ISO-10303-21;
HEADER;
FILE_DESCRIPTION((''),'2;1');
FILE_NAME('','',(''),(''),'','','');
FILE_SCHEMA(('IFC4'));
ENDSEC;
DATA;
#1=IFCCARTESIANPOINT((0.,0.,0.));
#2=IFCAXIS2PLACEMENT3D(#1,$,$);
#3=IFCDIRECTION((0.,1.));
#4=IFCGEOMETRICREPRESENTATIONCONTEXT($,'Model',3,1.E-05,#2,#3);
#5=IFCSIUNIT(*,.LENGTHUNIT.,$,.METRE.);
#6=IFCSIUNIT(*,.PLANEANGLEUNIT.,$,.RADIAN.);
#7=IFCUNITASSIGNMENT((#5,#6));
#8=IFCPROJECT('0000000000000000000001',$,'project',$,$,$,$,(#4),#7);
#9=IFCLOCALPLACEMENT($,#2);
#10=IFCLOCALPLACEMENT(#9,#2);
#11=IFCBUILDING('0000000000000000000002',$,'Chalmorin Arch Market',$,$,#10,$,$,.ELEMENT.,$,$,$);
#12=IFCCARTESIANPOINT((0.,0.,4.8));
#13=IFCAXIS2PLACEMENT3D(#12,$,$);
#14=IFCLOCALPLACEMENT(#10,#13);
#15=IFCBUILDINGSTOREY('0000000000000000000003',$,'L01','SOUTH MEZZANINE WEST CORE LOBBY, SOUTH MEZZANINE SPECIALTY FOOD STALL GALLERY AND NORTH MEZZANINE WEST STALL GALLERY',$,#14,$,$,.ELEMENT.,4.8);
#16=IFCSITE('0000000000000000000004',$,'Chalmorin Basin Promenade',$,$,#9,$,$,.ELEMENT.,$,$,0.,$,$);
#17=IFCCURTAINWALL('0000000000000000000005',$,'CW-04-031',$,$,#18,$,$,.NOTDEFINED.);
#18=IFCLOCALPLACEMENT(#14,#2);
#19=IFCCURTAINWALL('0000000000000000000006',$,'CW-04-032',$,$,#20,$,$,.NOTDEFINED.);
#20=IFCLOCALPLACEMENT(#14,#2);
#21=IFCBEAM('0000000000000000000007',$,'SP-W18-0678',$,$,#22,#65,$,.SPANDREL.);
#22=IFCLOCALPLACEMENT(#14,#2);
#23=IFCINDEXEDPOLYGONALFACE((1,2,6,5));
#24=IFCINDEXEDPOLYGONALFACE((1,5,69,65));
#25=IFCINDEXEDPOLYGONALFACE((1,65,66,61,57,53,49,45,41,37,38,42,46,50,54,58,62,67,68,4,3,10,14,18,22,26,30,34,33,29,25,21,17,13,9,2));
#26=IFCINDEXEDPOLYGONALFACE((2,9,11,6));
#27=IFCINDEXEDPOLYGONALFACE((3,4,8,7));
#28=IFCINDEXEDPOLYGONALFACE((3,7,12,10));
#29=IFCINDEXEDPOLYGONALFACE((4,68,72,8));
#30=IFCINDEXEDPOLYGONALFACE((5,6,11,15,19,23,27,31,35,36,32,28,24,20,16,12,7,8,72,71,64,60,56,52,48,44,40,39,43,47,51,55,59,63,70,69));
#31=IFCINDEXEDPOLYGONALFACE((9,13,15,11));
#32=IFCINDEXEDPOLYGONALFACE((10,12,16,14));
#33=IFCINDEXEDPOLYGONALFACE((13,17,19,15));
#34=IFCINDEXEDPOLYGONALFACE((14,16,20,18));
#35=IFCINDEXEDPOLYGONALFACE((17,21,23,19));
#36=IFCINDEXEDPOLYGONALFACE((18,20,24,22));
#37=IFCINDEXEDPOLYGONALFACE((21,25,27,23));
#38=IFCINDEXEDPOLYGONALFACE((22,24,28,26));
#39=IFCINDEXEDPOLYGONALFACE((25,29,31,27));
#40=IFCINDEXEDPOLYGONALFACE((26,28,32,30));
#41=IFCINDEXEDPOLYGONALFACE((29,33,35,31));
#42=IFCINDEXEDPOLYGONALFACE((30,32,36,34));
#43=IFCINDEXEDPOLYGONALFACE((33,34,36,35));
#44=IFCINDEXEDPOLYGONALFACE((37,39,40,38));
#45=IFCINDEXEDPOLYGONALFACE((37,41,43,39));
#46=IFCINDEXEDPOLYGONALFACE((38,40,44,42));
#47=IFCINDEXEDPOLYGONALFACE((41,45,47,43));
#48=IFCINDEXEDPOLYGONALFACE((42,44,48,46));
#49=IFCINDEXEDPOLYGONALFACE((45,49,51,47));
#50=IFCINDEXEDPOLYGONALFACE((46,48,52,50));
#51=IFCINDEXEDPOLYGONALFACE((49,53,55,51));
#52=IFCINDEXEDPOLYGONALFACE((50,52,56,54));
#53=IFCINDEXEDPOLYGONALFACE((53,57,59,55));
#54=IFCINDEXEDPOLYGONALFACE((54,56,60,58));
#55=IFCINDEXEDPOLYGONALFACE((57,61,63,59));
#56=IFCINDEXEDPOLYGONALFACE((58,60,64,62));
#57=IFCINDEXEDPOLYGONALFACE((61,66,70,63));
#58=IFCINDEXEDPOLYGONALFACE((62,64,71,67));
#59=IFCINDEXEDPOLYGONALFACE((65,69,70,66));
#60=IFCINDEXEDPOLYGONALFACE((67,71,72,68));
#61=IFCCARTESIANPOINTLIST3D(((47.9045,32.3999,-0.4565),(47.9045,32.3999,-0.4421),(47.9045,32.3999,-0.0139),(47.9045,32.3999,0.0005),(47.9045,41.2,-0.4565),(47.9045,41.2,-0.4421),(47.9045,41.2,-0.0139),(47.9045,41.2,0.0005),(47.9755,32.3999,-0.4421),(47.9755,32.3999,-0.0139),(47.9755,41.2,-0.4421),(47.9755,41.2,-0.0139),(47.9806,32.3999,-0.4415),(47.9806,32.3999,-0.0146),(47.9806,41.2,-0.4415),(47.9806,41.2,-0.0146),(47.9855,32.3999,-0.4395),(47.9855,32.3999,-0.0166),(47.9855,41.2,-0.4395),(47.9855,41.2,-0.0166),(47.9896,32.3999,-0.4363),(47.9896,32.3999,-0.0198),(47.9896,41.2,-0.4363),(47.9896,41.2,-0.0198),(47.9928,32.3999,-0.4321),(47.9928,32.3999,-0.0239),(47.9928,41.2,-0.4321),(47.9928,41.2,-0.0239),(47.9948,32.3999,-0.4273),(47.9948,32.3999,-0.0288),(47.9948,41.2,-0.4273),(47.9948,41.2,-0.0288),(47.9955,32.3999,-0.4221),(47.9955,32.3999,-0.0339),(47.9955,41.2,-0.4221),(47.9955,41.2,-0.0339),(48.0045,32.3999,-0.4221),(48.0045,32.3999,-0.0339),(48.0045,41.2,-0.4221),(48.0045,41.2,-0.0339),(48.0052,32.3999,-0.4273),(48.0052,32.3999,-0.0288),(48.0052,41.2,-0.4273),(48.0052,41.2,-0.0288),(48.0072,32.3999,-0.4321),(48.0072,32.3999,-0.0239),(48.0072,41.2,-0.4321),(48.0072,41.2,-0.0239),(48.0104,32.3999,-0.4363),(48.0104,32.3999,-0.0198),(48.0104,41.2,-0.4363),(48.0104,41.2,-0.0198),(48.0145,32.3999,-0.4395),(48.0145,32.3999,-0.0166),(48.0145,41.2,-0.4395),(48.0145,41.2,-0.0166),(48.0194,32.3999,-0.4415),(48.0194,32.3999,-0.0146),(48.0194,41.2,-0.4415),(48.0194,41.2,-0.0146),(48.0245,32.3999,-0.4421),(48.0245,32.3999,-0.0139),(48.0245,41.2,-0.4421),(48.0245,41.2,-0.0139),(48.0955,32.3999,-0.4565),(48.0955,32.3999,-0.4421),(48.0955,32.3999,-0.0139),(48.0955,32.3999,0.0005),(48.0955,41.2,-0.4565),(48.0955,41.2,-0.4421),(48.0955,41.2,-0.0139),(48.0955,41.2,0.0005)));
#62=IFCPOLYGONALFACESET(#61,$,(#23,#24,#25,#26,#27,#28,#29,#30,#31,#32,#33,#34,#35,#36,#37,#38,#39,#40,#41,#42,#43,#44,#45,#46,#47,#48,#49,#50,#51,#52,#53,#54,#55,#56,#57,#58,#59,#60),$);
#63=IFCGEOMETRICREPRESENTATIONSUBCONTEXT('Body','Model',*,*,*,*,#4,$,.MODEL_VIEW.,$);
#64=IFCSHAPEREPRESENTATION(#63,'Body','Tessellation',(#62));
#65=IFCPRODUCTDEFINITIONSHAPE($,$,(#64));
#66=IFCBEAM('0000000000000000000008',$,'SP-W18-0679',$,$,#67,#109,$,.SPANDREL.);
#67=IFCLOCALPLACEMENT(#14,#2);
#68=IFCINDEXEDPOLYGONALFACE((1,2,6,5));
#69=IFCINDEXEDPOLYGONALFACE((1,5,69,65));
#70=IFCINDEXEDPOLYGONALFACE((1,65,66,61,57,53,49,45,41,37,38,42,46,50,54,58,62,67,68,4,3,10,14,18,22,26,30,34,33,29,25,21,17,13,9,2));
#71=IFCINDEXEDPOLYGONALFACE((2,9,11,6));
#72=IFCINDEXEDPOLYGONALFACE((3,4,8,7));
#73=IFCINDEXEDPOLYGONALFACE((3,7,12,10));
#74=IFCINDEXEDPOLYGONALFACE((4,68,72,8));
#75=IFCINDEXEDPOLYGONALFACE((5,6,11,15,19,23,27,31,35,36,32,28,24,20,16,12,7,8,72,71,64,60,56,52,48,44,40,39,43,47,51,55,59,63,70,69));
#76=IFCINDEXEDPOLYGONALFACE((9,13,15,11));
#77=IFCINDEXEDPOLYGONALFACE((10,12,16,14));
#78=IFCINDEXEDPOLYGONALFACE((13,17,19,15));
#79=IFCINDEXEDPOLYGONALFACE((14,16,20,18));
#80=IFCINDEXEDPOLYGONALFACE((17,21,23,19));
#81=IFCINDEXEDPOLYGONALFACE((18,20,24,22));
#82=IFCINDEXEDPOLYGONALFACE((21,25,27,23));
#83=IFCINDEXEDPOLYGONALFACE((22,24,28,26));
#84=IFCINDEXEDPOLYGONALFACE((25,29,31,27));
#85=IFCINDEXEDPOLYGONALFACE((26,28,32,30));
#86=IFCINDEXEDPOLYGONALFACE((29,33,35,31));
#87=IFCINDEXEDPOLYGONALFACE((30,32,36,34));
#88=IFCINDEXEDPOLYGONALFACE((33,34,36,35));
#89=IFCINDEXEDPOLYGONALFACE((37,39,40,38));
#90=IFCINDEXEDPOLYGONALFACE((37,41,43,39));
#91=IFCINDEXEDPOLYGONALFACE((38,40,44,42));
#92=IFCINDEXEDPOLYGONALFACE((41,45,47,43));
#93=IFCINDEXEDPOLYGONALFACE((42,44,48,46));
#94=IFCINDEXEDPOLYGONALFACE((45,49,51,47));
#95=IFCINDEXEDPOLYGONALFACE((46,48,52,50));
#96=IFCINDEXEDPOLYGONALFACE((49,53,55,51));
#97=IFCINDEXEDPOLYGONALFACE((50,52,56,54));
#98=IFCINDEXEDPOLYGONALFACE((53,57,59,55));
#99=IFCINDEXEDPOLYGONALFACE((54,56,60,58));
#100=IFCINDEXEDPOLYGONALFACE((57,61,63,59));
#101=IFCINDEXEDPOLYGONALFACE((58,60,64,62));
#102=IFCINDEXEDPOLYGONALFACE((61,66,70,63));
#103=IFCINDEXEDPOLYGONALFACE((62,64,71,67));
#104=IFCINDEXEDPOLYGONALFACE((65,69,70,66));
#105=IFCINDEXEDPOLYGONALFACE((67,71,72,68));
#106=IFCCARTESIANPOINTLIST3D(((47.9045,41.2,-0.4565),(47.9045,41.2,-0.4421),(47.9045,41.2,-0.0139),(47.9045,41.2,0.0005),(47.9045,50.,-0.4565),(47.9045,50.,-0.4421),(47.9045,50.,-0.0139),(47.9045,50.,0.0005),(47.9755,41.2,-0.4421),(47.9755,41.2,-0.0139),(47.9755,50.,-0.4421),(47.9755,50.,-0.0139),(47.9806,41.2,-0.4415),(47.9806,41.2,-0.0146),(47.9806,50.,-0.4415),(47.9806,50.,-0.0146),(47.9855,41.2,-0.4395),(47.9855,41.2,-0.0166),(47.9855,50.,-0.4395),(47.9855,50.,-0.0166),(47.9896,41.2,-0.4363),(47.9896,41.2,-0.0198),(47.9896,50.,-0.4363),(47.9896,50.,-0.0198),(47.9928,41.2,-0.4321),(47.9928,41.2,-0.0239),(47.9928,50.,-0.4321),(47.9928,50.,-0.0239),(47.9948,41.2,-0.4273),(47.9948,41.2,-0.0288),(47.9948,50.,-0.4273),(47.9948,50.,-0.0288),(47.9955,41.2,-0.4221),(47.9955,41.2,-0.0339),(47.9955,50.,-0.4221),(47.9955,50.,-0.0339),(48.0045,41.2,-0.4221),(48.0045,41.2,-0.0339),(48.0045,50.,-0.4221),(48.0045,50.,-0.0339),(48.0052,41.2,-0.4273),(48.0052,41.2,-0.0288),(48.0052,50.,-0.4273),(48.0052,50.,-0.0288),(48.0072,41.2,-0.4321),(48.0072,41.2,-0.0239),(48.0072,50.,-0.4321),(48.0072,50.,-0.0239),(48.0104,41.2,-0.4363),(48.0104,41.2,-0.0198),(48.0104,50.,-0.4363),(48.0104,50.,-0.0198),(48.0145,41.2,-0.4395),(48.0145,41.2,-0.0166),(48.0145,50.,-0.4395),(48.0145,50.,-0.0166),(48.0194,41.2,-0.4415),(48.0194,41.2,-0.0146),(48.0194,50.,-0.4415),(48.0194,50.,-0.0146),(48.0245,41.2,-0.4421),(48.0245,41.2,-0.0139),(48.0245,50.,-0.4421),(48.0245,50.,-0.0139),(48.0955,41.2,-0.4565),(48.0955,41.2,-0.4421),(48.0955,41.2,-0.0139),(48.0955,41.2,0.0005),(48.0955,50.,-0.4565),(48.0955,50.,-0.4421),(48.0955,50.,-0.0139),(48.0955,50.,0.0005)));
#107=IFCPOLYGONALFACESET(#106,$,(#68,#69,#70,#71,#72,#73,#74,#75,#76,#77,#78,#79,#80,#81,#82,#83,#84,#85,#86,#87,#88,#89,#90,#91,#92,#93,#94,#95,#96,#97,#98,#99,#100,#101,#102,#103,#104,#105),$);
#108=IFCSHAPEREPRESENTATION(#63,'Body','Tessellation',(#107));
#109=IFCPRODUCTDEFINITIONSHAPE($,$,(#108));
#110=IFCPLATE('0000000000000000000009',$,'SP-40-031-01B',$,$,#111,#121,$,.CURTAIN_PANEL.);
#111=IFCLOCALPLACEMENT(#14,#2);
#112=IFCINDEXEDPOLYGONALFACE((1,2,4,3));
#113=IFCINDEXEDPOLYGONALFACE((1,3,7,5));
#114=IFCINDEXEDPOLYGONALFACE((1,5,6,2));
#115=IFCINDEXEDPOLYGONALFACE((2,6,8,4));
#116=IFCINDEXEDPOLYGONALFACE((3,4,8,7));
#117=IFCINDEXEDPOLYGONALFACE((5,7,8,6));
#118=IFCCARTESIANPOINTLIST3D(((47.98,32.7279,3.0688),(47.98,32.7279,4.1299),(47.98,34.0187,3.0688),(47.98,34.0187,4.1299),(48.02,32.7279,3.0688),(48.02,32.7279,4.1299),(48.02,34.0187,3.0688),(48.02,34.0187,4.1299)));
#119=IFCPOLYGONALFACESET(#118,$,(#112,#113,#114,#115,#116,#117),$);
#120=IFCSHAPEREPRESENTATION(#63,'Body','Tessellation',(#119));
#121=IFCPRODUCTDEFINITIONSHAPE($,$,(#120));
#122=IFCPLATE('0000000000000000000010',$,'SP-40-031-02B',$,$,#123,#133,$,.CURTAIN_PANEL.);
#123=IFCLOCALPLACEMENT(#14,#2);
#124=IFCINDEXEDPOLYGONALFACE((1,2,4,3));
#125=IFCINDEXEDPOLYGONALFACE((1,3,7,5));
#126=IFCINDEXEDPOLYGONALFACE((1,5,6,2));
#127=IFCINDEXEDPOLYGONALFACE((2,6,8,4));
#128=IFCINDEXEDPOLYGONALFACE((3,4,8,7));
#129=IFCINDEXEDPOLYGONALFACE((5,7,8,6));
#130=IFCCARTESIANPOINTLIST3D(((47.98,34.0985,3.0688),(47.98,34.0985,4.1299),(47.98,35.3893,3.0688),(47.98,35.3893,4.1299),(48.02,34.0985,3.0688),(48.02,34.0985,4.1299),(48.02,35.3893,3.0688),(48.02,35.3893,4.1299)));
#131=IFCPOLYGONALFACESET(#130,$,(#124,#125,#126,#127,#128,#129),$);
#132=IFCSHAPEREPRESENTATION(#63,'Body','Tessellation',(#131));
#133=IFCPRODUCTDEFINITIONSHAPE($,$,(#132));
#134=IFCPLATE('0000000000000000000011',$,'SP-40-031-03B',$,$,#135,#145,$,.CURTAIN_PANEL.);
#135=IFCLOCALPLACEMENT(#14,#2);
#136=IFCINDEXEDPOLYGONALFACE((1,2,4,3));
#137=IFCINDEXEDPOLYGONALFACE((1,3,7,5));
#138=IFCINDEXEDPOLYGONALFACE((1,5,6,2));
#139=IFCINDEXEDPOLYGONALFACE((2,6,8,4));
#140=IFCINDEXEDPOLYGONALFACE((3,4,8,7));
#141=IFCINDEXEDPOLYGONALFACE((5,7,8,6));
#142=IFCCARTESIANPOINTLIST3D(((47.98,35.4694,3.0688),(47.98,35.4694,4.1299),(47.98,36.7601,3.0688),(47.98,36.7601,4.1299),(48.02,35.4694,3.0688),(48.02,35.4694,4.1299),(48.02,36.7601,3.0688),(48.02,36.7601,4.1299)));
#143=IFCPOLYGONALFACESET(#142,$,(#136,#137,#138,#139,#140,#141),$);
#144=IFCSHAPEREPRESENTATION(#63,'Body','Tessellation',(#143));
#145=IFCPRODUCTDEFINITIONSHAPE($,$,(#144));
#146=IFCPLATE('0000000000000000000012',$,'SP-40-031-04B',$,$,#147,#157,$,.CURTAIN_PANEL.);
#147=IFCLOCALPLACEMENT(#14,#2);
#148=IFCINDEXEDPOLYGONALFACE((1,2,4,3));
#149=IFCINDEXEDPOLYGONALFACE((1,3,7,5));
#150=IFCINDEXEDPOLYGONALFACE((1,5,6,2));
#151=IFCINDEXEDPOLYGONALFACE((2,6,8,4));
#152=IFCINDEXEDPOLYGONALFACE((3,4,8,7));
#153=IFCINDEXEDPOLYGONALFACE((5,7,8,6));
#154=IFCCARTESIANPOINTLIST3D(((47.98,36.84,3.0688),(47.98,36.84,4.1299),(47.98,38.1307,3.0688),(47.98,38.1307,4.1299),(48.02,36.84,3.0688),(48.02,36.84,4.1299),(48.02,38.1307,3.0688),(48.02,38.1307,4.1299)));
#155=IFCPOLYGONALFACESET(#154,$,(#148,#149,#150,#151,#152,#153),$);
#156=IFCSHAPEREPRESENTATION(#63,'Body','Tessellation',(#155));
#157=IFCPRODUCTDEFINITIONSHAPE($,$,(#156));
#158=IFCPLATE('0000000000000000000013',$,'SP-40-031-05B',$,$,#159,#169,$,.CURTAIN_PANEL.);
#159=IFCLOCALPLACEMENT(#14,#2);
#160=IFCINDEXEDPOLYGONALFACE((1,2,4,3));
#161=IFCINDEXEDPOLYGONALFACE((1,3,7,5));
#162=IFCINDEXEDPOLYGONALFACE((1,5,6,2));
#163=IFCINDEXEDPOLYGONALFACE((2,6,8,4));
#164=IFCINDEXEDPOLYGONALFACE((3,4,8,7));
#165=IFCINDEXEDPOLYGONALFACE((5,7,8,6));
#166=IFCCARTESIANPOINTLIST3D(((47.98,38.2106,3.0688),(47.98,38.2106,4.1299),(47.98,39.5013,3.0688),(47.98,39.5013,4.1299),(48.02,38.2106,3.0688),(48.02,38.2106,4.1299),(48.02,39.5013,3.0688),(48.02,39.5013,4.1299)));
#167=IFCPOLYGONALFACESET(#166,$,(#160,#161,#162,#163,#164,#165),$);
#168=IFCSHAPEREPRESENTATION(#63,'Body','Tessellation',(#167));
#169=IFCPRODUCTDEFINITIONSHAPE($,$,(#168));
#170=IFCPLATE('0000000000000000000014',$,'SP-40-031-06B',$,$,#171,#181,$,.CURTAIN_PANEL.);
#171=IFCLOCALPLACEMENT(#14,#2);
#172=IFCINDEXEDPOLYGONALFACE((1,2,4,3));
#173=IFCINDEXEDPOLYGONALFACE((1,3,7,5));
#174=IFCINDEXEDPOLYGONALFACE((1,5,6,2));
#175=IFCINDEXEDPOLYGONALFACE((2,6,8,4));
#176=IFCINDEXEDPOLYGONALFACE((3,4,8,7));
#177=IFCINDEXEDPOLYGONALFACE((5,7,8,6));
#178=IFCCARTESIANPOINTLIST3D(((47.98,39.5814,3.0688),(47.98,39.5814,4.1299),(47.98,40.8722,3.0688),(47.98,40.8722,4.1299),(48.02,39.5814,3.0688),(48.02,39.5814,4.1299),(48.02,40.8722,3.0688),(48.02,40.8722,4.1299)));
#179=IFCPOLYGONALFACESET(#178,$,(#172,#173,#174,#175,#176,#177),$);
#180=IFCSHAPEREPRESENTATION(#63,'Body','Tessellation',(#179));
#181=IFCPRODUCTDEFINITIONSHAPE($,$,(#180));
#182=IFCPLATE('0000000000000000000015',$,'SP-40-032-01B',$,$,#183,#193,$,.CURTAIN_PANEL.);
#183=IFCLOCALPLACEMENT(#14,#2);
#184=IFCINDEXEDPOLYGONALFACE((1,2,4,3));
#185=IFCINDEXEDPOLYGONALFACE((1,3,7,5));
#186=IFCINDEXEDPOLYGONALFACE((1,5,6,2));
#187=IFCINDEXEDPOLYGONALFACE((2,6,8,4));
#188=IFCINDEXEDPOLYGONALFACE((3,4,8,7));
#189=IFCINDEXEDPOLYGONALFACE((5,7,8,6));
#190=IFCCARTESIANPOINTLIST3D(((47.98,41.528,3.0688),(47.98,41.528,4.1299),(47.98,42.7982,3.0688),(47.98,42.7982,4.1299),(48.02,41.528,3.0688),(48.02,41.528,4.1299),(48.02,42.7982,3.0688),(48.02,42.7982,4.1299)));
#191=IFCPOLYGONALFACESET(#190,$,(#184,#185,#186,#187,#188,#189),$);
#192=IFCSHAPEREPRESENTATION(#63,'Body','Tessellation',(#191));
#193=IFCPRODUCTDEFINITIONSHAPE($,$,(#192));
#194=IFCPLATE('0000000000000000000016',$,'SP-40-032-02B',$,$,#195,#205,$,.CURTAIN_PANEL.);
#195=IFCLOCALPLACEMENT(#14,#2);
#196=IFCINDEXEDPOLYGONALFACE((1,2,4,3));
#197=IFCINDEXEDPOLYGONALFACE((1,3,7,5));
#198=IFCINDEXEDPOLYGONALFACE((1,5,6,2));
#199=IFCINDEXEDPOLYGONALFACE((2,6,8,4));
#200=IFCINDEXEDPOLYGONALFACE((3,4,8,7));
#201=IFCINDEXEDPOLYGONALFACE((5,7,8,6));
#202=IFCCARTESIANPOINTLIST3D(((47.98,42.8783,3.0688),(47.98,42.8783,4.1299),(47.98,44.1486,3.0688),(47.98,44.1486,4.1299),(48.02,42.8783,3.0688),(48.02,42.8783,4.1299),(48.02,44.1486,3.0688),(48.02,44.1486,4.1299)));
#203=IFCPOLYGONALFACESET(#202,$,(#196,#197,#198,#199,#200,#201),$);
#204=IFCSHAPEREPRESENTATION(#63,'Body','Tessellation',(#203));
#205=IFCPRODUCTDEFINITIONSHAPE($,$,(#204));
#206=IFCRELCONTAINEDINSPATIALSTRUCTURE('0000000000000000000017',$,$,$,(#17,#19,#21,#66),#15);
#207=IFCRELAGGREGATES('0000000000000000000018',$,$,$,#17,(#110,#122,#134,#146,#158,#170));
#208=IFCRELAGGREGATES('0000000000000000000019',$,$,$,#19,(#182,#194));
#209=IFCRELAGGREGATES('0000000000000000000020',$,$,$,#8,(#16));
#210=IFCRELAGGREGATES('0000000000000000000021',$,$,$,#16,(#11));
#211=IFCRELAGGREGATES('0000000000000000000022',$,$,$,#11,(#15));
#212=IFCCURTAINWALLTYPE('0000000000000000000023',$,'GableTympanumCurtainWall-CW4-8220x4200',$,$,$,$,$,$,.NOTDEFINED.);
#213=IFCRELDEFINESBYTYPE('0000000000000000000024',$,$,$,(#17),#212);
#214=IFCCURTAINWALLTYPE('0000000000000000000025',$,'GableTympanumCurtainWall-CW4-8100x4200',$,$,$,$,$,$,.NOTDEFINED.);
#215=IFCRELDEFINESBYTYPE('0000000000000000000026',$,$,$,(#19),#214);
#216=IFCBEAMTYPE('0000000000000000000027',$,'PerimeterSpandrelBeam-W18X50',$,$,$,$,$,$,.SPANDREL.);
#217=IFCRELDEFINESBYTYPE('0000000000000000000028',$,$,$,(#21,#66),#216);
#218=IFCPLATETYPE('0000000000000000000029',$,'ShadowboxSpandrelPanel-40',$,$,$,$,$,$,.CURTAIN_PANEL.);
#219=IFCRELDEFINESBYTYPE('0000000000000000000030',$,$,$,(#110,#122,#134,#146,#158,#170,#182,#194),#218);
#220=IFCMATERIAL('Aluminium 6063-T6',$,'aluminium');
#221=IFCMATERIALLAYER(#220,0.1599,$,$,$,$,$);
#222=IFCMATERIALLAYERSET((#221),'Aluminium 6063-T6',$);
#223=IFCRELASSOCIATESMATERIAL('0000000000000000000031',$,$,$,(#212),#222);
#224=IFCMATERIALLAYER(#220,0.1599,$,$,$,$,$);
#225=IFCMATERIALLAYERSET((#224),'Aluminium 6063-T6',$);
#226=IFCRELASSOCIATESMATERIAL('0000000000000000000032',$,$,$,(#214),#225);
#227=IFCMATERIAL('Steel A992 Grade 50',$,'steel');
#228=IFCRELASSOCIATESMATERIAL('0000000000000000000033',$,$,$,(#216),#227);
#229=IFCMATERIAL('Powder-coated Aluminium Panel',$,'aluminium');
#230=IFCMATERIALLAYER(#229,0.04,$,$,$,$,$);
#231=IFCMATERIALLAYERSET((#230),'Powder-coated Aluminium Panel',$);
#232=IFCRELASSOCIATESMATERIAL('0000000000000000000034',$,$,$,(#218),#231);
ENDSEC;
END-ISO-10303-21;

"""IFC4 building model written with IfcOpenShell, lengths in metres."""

from ifc_helpers import new_model, si_unit, direction, frame, origin, origin_2d, place, context, subcontext, project, spatial, rectangle, i_section, extrude, material, layer, layer_set, material_profile, profile_set, type_object, element, aggregate, save


model = new_model("IFC4")

# Units and contexts
model_context = context("Model", 3, precision=1e-05, world=origin(), true_north=direction((0.0, 1.0)))
body_context = subcontext(model_context, "Body", "Model", "MODEL_VIEW")
ifc_project = project(units=[si_unit("LENGTHUNIT", "METRE"), si_unit("PLANEANGLEUNIT", "RADIAN")], contexts=[model_context])

# Site, building, storey
site_placement = place(None, origin())
site = spatial("IfcSite", under=ifc_project, at=site_placement, Name="Chalmorin Basin Promenade", CompositionType="ELEMENT", RefElevation=0.0)
building_placement = place(site_placement, origin())
building = spatial("IfcBuilding", under=site, at=building_placement, Name="Chalmorin Arch Market", CompositionType="ELEMENT")
storey_placement = place(building_placement, frame((0.0, 0.0, 4.8)))
storey = spatial("IfcBuildingStorey", under=building, at=storey_placement, Name="L01", Description="SOUTH MEZZANINE WEST CORE LOBBY, SOUTH MEZZANINE SPECIALTY FOOD STALL GALLERY AND NORTH MEZZANINE WEST STALL GALLERY", CompositionType="ELEMENT", Elevation=4.8)

# Shared definitions
ifc_material_1 = material(Name="Steel A992 Grade 50", Category="steel")

# Curtain walls
ifc_material_2 = material(Name="Aluminium 6063-T6", Category="aluminium")
ifc_layer_1 = layer(ifc_material_2, 0.1599)
ifc_layer_set_1 = layer_set([ifc_layer_1], Name="Aluminium 6063-T6")
curtain_wall_type_1 = type_object("IfcCurtainWallType", Name="GableTympanumCurtainWall-CW4-8220x4200", PredefinedType="NOTDEFINED", material=ifc_layer_set_1)
curtain_wall_1_placement = place(storey_placement, origin())
curtain_wall_1 = element("IfcCurtainWall", 1, at=curtain_wall_1_placement, inside=storey, type_object=curtain_wall_type_1, Name="CW-04-031", PredefinedType="NOTDEFINED")
ifc_layer_2 = layer(ifc_material_2, 0.1599)
ifc_layer_set_2 = layer_set([ifc_layer_2], Name="Aluminium 6063-T6")
curtain_wall_type_2 = type_object("IfcCurtainWallType", Name="GableTympanumCurtainWall-CW4-8100x4200", PredefinedType="NOTDEFINED", material=ifc_layer_set_2)
curtain_wall_2_placement = place(storey_placement, origin())
curtain_wall_2 = element("IfcCurtainWall", 2, at=curtain_wall_2_placement, inside=storey, type_object=curtain_wall_type_2, Name="CW-04-032", PredefinedType="NOTDEFINED")

# Beams
ifc_material_profile_1 = material_profile(ifc_material_1, i_section(OverallWidth=0.1909, OverallDepth=0.457, WebThickness=0.009, FlangeThickness=0.0144, FilletRadius=0.02, at=origin_2d()), Name="W18X50")
ifc_profile_set_1 = profile_set([ifc_material_profile_1], Name="Steel A992 Grade 50")
beam_type = type_object("IfcBeamType", Name="PerimeterSpandrelBeam-W18X50", PredefinedType="SPANDREL", material=ifc_profile_set_1)
for number, where, z_axis, x_axis, name in (
    (3, (48.0, 32.3999, -0.228), (0.0, 1.0, 0.0), (-1.0, 0.0, 0.0), "SP-W18-0678"),
    (4, (48.0, 41.2, -0.228), (0.0, 1.0, 0.0), (-1.0, 0.0, 0.0), "SP-W18-0679"),
):
    element("IfcBeam", number, at=place(storey_placement, frame(where, z_axis=z_axis, x_axis=x_axis)), inside=storey, type_object=beam_type, Name=name, PredefinedType="SPANDREL", context=body_context, shape_type="SweptSolid", body=[
        extrude(i_section(OverallWidth=0.1909, OverallDepth=0.457, WebThickness=0.009, FlangeThickness=0.0144, FilletRadius=0.02, at=origin_2d()), origin(), (0.0, 0.0, 1.0), 8.8),
    ])

# Plates
ifc_material_3 = material(Name="Powder-coated Aluminium Panel", Category="aluminium")
ifc_layer_3 = layer(ifc_material_3, 0.04)
ifc_layer_set_3 = layer_set([ifc_layer_3], Name="Powder-coated Aluminium Panel")
plate_type_1 = type_object("IfcPlateType", Name="ShadowboxSpandrelPanel-40", PredefinedType="CURTAIN_PANEL", material=ifc_layer_set_3)
plate_1_placement = place(storey_placement, frame((48.0, 33.3733, 3.0688), z_axis=(0.0, 0.0, 1.0), x_axis=(0.0, 1.0, 0.0)))
plate_1 = element("IfcPlate", 5, at=plate_1_placement, type_object=plate_type_1, Name="SP-40-031-01B", PredefinedType="CURTAIN_PANEL", context=body_context, shape_type="SweptSolid", body=[
    extrude(rectangle(XDim=1.2908, YDim=0.04, at=origin_2d()), origin(), (0.0, 0.0, 1.0), 1.061),
])
plate_2_placement = place(storey_placement, frame((48.0, 34.7439, 3.0688), z_axis=(0.0, 0.0, 1.0), x_axis=(0.0, 1.0, 0.0)))
plate_2 = element("IfcPlate", 6, at=plate_2_placement, type_object=plate_type_1, Name="SP-40-031-02B", PredefinedType="CURTAIN_PANEL", context=body_context, shape_type="SweptSolid", body=[
    extrude(rectangle(XDim=1.2908, YDim=0.04, at=origin_2d()), origin(), (0.0, 0.0, 1.0), 1.061),
])
plate_3_placement = place(storey_placement, frame((48.0, 36.1147, 3.0688), z_axis=(0.0, 0.0, 1.0), x_axis=(0.0, 1.0, 0.0)))
plate_3 = element("IfcPlate", 7, at=plate_3_placement, type_object=plate_type_1, Name="SP-40-031-03B", PredefinedType="CURTAIN_PANEL", context=body_context, shape_type="SweptSolid", body=[
    extrude(rectangle(XDim=1.2908, YDim=0.04, at=origin_2d()), origin(), (0.0, 0.0, 1.0), 1.061),
])
plate_4_placement = place(storey_placement, frame((48.0, 37.4854, 3.0688), z_axis=(0.0, 0.0, 1.0), x_axis=(0.0, 1.0, 0.0)))
plate_4 = element("IfcPlate", 8, at=plate_4_placement, type_object=plate_type_1, Name="SP-40-031-04B", PredefinedType="CURTAIN_PANEL", context=body_context, shape_type="SweptSolid", body=[
    extrude(rectangle(XDim=1.2908, YDim=0.04, at=origin_2d()), origin(), (0.0, 0.0, 1.0), 1.061),
])
plate_5_placement = place(storey_placement, frame((48.0, 38.856, 3.0688), z_axis=(0.0, 0.0, 1.0), x_axis=(0.0, 1.0, 0.0)))
plate_5 = element("IfcPlate", 9, at=plate_5_placement, type_object=plate_type_1, Name="SP-40-031-05B", PredefinedType="CURTAIN_PANEL", context=body_context, shape_type="SweptSolid", body=[
    extrude(rectangle(XDim=1.2908, YDim=0.04, at=origin_2d()), origin(), (0.0, 0.0, 1.0), 1.061),
])
plate_6_placement = place(storey_placement, frame((48.0, 40.2268, 3.0688), z_axis=(0.0, 0.0, 1.0), x_axis=(0.0, 1.0, 0.0)))
plate_6 = element("IfcPlate", 10, at=plate_6_placement, type_object=plate_type_1, Name="SP-40-031-06B", PredefinedType="CURTAIN_PANEL", context=body_context, shape_type="SweptSolid", body=[
    extrude(rectangle(XDim=1.2908, YDim=0.04, at=origin_2d()), origin(), (0.0, 0.0, 1.0), 1.061),
])
plate_7_placement = place(storey_placement, frame((48.0, 42.1631, 3.0688), z_axis=(0.0, 0.0, 1.0), x_axis=(0.0, 1.0, 0.0)))
plate_7 = element("IfcPlate", 11, at=plate_7_placement, type_object=plate_type_1, Name="SP-40-032-01B", PredefinedType="CURTAIN_PANEL", context=body_context, shape_type="SweptSolid", body=[
    extrude(rectangle(XDim=1.2703, YDim=0.04, at=origin_2d()), origin(), (0.0, 0.0, 1.0), 1.061),
])
plate_8_placement = place(storey_placement, frame((48.0, 43.5134, 3.0688), z_axis=(0.0, 0.0, 1.0), x_axis=(0.0, 1.0, 0.0)))
plate_8 = element("IfcPlate", 12, at=plate_8_placement, type_object=plate_type_1, Name="SP-40-032-02B", PredefinedType="CURTAIN_PANEL", context=body_context, shape_type="SweptSolid", body=[
    extrude(rectangle(XDim=1.2703, YDim=0.04, at=origin_2d()), origin(), (0.0, 0.0, 1.0), 1.061),
])

aggregate(curtain_wall_1, [plate_1, plate_2, plate_3, plate_4, plate_5, plate_6])
aggregate(curtain_wall_2, [plate_7, plate_8])

save(model, "model.ifc")
